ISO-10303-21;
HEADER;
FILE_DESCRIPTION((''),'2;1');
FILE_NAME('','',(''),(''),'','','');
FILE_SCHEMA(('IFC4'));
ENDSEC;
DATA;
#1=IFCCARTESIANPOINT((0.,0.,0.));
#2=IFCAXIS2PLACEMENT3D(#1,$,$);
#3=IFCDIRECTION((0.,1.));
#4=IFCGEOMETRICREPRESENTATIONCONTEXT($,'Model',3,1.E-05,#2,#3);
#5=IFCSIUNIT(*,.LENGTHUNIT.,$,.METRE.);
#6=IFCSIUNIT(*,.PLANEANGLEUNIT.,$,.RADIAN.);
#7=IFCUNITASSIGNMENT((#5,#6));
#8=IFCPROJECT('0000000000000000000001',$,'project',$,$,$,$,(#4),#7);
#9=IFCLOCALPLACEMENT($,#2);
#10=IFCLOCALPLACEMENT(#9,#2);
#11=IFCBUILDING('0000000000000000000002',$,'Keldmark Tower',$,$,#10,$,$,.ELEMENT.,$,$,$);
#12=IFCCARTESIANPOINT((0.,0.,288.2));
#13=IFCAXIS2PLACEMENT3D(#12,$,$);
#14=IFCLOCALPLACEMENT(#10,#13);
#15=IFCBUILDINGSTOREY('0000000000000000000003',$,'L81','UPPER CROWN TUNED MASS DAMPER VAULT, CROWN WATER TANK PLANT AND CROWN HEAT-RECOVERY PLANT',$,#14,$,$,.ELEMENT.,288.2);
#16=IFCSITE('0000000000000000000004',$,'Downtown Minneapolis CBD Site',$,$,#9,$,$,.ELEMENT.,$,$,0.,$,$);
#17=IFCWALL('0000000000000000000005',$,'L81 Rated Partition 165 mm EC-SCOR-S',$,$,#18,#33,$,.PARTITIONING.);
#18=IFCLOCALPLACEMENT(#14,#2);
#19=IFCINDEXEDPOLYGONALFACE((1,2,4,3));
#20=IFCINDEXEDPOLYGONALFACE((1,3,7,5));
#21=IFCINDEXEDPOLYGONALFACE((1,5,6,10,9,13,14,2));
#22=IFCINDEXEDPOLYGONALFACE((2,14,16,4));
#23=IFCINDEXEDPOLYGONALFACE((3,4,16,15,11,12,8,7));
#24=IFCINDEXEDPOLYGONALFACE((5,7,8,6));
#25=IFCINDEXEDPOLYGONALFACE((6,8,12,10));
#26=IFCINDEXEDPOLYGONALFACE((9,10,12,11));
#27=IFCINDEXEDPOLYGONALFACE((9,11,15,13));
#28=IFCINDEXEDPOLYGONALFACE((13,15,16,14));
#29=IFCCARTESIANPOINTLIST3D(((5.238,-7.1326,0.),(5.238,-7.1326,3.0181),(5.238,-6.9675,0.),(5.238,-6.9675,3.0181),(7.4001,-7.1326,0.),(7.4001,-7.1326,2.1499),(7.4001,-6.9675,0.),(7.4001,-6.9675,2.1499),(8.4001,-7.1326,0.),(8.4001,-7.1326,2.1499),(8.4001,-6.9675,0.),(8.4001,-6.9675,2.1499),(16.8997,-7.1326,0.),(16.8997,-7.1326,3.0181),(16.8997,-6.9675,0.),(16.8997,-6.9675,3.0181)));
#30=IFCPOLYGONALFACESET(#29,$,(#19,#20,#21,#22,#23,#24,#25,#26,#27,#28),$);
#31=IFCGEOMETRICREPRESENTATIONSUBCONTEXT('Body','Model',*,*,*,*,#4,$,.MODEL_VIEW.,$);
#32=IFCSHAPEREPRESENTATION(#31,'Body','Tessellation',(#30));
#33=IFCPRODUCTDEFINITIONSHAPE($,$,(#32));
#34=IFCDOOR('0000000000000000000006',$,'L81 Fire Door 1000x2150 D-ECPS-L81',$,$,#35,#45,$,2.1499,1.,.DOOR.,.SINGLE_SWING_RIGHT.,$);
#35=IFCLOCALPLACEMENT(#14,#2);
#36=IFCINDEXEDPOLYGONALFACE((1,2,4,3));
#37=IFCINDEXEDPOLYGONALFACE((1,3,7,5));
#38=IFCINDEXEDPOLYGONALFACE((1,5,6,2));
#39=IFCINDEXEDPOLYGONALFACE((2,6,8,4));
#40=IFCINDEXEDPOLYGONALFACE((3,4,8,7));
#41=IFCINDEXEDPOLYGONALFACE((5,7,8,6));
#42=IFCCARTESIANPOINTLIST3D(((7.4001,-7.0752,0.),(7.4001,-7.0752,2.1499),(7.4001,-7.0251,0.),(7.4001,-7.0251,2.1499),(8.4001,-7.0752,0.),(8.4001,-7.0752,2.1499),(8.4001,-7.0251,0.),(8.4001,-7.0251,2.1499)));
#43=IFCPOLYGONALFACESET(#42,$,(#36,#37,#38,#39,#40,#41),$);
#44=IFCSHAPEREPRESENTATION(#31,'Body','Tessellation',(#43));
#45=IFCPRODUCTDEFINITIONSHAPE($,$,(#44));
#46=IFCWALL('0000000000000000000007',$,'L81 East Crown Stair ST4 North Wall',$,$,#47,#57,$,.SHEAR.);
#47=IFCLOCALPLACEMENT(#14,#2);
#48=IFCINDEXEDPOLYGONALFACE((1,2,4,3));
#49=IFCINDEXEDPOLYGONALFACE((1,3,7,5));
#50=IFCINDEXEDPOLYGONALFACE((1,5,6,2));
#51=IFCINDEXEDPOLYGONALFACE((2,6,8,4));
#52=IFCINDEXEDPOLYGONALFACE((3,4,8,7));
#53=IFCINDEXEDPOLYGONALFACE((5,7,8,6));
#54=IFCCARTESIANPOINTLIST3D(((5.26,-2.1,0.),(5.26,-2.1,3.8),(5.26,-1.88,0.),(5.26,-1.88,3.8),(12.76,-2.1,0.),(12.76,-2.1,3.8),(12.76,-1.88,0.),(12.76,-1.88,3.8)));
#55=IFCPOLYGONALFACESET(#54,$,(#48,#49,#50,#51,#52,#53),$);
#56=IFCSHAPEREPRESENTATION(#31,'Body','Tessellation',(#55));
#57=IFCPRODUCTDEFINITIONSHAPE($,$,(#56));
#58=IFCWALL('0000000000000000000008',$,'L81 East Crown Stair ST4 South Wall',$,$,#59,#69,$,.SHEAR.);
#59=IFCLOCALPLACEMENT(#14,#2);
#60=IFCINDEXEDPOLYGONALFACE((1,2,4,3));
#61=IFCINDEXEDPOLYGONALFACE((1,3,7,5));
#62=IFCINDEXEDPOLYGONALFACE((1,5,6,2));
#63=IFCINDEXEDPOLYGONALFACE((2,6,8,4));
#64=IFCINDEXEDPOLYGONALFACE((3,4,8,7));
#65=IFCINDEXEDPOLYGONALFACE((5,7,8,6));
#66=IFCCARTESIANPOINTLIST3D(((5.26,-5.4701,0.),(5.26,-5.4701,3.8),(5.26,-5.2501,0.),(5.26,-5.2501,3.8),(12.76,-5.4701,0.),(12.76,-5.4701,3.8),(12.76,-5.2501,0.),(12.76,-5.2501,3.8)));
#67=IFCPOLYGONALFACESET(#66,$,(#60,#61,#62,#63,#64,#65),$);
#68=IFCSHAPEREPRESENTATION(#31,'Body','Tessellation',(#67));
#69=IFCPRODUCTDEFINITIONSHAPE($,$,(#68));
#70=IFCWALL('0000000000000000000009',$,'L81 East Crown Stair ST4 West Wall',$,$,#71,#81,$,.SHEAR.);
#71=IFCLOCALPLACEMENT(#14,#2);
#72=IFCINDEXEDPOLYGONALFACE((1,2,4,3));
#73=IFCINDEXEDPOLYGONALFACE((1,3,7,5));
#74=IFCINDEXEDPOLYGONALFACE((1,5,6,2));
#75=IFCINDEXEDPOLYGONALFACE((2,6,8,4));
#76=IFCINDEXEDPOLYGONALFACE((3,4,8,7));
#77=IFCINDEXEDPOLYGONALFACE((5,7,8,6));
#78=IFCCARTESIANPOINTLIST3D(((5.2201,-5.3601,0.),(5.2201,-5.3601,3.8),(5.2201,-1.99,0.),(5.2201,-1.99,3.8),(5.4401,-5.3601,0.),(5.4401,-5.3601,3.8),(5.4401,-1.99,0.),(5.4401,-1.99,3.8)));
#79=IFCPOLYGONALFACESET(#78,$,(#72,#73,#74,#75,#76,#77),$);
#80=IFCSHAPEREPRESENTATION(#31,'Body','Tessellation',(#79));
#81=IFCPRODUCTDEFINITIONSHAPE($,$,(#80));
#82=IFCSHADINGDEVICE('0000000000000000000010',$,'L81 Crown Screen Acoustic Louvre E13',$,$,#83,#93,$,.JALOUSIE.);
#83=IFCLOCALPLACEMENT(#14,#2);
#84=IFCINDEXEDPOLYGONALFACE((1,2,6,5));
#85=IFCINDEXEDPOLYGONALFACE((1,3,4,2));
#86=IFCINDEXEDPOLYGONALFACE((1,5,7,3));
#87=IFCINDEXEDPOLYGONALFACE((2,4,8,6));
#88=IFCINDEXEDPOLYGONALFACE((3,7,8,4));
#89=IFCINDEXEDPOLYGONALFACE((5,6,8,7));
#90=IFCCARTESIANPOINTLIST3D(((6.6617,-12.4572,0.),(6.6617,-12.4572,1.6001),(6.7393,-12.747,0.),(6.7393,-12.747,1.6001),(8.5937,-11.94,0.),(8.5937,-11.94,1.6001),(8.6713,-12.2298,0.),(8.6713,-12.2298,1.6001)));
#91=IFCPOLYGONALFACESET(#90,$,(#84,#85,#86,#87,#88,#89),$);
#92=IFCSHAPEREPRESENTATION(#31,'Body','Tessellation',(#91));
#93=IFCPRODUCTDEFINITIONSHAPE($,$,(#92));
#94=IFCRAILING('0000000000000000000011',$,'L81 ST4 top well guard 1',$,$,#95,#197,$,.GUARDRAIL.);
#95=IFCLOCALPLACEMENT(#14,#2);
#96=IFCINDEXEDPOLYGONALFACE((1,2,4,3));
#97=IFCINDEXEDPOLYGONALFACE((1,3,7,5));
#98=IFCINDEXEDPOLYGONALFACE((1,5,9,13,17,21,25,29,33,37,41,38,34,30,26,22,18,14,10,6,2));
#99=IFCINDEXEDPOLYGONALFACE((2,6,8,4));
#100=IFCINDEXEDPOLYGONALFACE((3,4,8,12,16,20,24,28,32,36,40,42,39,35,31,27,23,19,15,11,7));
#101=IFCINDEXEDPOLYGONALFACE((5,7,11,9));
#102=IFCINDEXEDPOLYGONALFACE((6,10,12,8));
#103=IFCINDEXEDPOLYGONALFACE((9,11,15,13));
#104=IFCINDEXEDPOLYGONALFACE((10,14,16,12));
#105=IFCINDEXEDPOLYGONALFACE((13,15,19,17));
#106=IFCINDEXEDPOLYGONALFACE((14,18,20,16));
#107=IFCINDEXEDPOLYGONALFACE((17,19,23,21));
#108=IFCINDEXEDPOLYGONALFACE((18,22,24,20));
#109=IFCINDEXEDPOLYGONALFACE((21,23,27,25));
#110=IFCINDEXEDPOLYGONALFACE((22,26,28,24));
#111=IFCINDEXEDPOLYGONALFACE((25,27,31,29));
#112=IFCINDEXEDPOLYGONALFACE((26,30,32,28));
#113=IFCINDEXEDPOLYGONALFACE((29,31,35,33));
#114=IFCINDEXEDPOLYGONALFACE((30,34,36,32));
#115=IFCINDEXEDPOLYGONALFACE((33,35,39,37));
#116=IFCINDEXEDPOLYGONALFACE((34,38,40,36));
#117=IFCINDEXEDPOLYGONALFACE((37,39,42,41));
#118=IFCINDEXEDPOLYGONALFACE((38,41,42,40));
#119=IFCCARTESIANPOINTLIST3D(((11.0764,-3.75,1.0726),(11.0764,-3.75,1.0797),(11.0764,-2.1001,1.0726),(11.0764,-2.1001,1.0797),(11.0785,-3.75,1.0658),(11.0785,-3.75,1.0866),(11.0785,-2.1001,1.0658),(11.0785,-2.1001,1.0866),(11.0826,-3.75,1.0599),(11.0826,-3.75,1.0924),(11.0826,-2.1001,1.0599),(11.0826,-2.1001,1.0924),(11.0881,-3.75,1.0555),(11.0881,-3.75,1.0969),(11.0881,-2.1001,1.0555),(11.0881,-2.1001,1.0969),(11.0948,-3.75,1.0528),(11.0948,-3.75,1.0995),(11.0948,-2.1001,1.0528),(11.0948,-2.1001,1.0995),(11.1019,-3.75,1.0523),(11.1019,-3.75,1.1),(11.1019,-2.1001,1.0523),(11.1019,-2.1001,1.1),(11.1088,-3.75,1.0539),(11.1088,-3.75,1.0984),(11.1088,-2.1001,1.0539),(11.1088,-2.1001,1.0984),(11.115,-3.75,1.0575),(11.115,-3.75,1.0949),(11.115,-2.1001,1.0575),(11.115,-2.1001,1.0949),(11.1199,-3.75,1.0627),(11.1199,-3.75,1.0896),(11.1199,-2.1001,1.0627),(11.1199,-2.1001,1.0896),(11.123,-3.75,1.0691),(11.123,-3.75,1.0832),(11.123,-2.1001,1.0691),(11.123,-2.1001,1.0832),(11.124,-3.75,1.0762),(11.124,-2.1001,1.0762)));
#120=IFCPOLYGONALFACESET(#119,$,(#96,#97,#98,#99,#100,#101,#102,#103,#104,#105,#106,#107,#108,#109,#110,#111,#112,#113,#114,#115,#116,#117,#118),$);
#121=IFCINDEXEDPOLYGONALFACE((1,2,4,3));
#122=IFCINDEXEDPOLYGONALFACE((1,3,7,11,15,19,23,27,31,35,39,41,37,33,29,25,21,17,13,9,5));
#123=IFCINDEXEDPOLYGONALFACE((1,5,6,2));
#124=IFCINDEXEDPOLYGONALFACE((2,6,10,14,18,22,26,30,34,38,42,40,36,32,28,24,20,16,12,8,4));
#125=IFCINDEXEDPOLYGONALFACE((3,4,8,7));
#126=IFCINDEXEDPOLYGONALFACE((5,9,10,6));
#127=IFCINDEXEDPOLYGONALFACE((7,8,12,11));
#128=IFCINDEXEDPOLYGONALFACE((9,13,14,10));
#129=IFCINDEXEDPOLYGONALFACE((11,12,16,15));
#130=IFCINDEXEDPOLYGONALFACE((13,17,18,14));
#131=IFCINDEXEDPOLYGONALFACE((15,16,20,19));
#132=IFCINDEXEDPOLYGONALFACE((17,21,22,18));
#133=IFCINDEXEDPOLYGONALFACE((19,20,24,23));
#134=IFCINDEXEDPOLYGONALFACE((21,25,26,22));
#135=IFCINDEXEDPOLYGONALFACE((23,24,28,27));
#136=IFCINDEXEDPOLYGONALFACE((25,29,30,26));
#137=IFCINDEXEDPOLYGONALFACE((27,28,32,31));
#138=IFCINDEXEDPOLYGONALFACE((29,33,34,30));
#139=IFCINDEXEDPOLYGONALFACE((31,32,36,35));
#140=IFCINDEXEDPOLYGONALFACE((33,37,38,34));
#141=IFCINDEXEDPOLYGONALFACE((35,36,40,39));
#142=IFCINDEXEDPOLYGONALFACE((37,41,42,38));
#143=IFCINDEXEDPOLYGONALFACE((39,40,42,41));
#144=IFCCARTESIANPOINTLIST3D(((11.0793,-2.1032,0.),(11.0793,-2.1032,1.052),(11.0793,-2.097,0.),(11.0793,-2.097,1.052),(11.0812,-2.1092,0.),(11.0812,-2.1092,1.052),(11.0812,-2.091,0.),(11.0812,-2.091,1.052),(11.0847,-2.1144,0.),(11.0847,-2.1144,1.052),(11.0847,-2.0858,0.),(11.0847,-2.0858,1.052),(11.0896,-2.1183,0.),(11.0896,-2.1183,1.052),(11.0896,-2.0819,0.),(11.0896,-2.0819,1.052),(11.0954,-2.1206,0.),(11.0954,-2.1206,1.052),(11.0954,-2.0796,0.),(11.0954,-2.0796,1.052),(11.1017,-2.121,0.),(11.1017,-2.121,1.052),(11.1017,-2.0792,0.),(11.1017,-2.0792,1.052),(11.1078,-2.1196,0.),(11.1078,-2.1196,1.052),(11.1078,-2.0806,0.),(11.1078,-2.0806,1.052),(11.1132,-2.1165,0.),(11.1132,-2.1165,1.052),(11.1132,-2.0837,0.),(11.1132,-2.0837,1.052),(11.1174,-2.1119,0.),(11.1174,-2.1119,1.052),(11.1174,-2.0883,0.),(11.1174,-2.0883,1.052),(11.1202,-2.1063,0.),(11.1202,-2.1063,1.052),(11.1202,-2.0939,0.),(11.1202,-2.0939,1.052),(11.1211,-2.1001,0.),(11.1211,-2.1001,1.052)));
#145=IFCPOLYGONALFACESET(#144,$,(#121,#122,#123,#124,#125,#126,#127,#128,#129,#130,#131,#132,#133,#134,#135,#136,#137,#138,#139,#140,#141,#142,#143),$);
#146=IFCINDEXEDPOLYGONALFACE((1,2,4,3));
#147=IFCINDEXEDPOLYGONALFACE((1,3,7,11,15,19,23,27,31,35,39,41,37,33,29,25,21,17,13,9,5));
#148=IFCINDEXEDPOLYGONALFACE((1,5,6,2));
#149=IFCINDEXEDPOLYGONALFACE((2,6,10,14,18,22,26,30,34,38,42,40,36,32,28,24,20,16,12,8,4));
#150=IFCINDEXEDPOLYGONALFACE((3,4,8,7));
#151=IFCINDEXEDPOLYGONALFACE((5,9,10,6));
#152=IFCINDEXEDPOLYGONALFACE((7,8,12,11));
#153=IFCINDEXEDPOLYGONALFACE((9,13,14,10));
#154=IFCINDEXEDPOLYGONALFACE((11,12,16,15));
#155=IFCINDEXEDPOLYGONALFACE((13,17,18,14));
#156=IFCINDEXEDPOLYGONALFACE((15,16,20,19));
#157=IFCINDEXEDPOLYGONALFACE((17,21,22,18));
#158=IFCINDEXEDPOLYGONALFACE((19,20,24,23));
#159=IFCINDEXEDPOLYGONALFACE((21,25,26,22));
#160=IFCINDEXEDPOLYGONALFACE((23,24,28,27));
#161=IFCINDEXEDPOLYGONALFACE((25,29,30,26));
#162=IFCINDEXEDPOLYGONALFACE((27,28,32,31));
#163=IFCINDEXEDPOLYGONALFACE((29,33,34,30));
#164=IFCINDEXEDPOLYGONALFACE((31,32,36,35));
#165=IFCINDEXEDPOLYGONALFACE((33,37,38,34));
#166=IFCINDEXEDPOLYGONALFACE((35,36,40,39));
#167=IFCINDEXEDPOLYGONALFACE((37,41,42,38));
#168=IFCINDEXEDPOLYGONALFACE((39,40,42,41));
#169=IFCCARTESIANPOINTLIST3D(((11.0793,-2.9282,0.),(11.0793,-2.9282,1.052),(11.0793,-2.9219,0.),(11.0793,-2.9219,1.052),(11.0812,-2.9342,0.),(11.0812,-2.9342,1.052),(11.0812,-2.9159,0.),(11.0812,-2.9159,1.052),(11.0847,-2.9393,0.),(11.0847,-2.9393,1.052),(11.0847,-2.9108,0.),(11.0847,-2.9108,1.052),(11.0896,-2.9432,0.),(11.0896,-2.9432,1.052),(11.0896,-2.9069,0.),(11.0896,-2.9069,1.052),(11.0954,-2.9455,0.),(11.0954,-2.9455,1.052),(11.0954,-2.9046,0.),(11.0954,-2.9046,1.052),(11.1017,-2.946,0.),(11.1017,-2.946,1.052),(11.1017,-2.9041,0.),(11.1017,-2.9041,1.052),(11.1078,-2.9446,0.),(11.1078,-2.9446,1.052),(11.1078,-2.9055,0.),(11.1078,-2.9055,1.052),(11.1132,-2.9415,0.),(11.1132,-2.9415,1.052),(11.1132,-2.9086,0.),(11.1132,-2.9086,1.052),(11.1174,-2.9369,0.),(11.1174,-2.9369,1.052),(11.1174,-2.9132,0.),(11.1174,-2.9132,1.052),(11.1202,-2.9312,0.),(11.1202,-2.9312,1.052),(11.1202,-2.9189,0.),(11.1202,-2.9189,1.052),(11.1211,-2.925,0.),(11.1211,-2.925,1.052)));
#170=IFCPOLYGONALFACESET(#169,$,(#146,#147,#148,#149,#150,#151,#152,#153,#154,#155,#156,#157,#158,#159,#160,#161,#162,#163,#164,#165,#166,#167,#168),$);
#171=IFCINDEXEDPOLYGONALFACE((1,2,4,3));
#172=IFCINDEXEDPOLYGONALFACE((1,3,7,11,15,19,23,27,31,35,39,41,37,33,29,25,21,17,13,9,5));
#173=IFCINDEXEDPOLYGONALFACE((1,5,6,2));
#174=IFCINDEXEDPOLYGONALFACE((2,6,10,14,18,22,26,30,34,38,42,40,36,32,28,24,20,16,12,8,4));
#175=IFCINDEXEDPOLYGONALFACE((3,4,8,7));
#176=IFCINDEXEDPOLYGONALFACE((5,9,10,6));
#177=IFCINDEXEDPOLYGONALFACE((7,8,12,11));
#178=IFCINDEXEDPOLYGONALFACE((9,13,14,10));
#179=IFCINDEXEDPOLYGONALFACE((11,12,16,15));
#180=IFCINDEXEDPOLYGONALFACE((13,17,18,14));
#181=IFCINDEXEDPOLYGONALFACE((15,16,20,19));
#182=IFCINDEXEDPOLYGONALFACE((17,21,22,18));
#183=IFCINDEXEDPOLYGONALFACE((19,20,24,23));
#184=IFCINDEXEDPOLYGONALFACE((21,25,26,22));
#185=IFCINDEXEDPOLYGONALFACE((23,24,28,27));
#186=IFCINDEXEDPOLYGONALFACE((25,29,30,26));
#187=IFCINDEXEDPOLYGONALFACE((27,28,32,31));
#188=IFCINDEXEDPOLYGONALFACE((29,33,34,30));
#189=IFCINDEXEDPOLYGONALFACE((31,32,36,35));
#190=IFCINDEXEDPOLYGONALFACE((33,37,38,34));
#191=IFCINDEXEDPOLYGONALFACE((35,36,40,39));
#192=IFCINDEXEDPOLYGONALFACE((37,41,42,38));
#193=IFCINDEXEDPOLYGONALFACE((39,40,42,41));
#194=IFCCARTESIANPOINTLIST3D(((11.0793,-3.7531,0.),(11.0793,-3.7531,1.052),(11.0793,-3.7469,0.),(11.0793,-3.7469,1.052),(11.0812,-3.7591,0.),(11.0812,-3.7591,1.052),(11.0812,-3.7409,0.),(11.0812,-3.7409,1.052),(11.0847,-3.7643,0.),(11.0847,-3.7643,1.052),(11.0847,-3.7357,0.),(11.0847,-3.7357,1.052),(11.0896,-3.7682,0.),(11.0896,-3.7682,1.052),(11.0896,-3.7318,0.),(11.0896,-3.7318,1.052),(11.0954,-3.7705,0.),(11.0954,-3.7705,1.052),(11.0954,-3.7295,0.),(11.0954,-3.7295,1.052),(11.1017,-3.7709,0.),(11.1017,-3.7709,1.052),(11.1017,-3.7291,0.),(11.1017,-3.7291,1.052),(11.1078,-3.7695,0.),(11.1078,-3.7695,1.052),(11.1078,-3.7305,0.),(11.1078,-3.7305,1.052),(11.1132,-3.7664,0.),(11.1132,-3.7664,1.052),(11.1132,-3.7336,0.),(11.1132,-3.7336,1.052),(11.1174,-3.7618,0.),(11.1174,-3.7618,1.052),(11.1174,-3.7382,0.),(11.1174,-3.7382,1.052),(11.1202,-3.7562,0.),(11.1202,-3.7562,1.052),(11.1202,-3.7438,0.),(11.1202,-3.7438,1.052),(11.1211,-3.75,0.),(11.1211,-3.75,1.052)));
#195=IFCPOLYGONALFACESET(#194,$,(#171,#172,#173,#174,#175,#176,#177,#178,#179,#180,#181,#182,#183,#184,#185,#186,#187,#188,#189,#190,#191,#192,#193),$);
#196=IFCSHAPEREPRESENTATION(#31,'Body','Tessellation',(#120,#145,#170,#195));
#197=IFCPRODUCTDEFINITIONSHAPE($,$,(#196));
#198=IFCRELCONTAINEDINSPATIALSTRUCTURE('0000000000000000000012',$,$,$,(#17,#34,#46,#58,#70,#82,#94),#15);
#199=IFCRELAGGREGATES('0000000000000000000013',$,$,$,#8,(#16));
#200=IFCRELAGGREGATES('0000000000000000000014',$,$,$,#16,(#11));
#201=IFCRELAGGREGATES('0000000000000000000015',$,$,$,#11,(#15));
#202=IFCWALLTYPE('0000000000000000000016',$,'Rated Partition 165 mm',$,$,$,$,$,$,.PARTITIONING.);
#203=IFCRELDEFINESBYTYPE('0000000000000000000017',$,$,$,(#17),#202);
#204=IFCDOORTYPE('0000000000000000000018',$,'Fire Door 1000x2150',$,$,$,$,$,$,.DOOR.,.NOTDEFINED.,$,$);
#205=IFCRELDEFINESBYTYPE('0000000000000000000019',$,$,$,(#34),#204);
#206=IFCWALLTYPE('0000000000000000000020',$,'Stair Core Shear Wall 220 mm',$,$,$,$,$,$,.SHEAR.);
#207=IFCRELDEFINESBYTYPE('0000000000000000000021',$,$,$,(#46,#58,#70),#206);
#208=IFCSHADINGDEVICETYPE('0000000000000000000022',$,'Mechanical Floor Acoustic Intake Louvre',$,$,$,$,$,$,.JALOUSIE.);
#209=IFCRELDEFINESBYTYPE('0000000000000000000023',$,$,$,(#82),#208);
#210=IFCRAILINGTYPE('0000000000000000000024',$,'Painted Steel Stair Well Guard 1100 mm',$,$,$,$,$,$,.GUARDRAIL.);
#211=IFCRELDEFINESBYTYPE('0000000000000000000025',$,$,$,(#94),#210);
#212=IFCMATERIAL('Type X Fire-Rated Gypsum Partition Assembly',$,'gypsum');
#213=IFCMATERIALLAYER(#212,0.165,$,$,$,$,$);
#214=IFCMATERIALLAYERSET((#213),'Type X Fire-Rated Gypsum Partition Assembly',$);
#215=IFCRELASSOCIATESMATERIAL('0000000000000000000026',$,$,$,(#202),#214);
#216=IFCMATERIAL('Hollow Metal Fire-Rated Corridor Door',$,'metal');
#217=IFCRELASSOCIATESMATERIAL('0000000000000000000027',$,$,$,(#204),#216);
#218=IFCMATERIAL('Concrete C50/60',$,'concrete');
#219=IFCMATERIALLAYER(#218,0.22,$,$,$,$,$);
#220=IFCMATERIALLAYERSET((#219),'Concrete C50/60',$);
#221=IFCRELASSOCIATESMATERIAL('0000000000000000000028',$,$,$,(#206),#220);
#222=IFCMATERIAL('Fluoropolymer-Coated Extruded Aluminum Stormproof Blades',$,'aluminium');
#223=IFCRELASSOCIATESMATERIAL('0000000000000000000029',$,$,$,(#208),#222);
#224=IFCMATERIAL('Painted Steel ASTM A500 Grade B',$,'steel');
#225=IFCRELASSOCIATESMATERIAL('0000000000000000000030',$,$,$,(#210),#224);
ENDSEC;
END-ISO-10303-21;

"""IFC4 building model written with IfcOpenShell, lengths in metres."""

from ifc_helpers import new_model, si_unit, direction, frame, frame_2d, origin, origin_2d, place, context, subcontext, project, spatial, rectangle, circle, extrude, material, layer, layer_set, type_object, element, fill, save


model = new_model("IFC4")

# Units and contexts
model_context = context("Model", 3, precision=1e-05, world=origin(), true_north=direction((0.0, 1.0)))
body_context = subcontext(model_context, "Body", "Model", "MODEL_VIEW")
ifc_project = project(units=[si_unit("LENGTHUNIT", "METRE"), si_unit("PLANEANGLEUNIT", "RADIAN")], contexts=[model_context])

# Site, building, storey
site_placement = place(None, origin())
site = spatial("IfcSite", under=ifc_project, at=site_placement, Name="Downtown Minneapolis CBD Site", CompositionType="ELEMENT", RefElevation=0.0)
building_placement = place(site_placement, origin())
building = spatial("IfcBuilding", under=site, at=building_placement, Name="Keldmark Tower", CompositionType="ELEMENT")
storey_placement = place(building_placement, frame((0.0, 0.0, 288.2)))
storey = spatial("IfcBuildingStorey", under=building, at=storey_placement, Name="L81", Description="UPPER CROWN TUNED MASS DAMPER VAULT, CROWN WATER TANK PLANT AND CROWN HEAT-RECOVERY PLANT", CompositionType="ELEMENT", Elevation=288.2)

# Shared definitions
ifc_material_1 = material(Name="Type X Fire-Rated Gypsum Partition Assembly", Category="gypsum")
ifc_layer_1 = layer(ifc_material_1, 0.165)
ifc_layer_set_1 = layer_set([ifc_layer_1], Name="Type X Fire-Rated Gypsum Partition Assembly")
wall_type_1 = type_object("IfcWallType", Name="Rated Partition 165 mm", PredefinedType="PARTITIONING", material=ifc_layer_set_1)

# Wall, opening, door
wall_1_placement = place(storey_placement, frame((5.238, -7.05, 0.0), z_axis=(0.0, 0.0, 1.0), x_axis=(1.0, 0.0, 0.0)))
wall_1 = element("IfcWall", 1, at=wall_1_placement, inside=storey, type_object=wall_type_1, Name="L81 Rated Partition 165 mm EC-SCOR-S", PredefinedType="PARTITIONING", context=body_context, shape_type="SweptSolid", body=[
    extrude(rectangle(XDim=11.6616, YDim=0.165, at=frame_2d((5.8308, 0.0))), origin(), (0.0, 0.0, 1.0), 3.0181),
])
opening_1_placement = place(wall_1_placement, frame((2.1621, 0.0, 0.0)))
opening_1 = element("IfcOpeningElement", 2, at=opening_1_placement, cuts=wall_1, PredefinedType="OPENING", context=body_context, shape_type="SweptSolid", body=[
    extrude(rectangle(XDim=1.0, YDim=2.1499, at=frame_2d((0.5, 1.075))), frame((0.0, 0.0925, 0.0), z_axis=(0.0, -1.0, 0.0), x_axis=(1.0, 0.0, 0.0)), (0.0, 0.0, 1.0), 0.1851),
])
ifc_material_2 = material(Name="Hollow Metal Fire-Rated Corridor Door", Category="metal")
door_type_1 = type_object("IfcDoorType", Name="Fire Door 1000x2150", OperationType="NOTDEFINED", PredefinedType="DOOR", material=ifc_material_2)
door_1_placement = place(opening_1_placement, origin())
door_1 = element("IfcDoor", 3, at=door_1_placement, inside=storey, type_object=door_type_1, Name="L81 Fire Door 1000x2150 D-ECPS-L81", OperationType="SINGLE_SWING_RIGHT", OverallHeight=2.1499, OverallWidth=1.0, PredefinedType="DOOR", context=body_context, shape_type="SweptSolid", body=[
    extrude(rectangle(XDim=1.0, YDim=2.1499, at=frame_2d((0.5, 1.075))), frame((0.0, 0.0249, 0.0), z_axis=(0.0, -1.0, 0.0), x_axis=(1.0, 0.0, 0.0)), (0.0, 0.0, 1.0), 0.05),
])
fill(opening_1, door_1)

# Walls
ifc_material_3 = material(Name="Concrete C50/60", Category="concrete")
ifc_layer_2 = layer(ifc_material_3, 0.22)
ifc_layer_set_2 = layer_set([ifc_layer_2], Name="Concrete C50/60")
wall_type_2 = type_object("IfcWallType", Name="Stair Core Shear Wall 220 mm", PredefinedType="SHEAR", material=ifc_layer_set_2)
for number, where, z_axis, x_axis, name in (
    (4, (5.26, -1.99, 0.0), (0.0, 0.0, 1.0), (1.0, 0.0, 0.0), "L81 East Crown Stair ST4 North Wall"),
    (5, (5.26, -5.3601, 0.0), (0.0, 0.0, 1.0), (1.0, 0.0, 0.0), "L81 East Crown Stair ST4 South Wall"),
):
    element("IfcWall", number, at=place(storey_placement, frame(where, z_axis=z_axis, x_axis=x_axis)), inside=storey, type_object=wall_type_2, Name=name, PredefinedType="SHEAR", context=body_context, shape_type="SweptSolid", body=[
        extrude(rectangle(XDim=7.5, YDim=0.22, at=frame_2d((3.75, 0.0))), origin(), (0.0, 0.0, 1.0), 3.8),
    ])
wall_2_placement = place(storey_placement, frame((5.3301, -5.3601, 0.0), z_axis=(0.0, 0.0, 1.0), x_axis=(0.0, 1.0, 0.0)))
element("IfcWall", 6, at=wall_2_placement, inside=storey, type_object=wall_type_2, Name="L81 East Crown Stair ST4 West Wall", PredefinedType="SHEAR", context=body_context, shape_type="SweptSolid", body=[
    extrude(rectangle(XDim=3.3701, YDim=0.22, at=frame_2d((1.6851, 0.0))), origin(), (0.0, 0.0, 1.0), 3.8),
])

# Shading device
ifc_material_4 = material(Name="Fluoropolymer-Coated Extruded Aluminum Stormproof Blades", Category="aluminium")
shading_device_type = type_object("IfcShadingDeviceType", Name="Mechanical Floor Acoustic Intake Louvre", PredefinedType="JALOUSIE", material=ifc_material_4)
shading_device_placement = place(storey_placement, frame((7.6665, -12.3435, 0.0), z_axis=(0.0, 0.0, 1.0), x_axis=(0.96598, 0.258617, 0.0)))
element("IfcShadingDevice", 7, at=shading_device_placement, inside=storey, type_object=shading_device_type, Name="L81 Crown Screen Acoustic Louvre E13", PredefinedType="JALOUSIE", context=body_context, shape_type="SweptSolid", body=[
    extrude(rectangle(XDim=2.0, YDim=0.3, at=origin_2d()), origin(), (0.0, 0.0, 1.0), 1.6001),
])

# Railing
ifc_material_5 = material(Name="Painted Steel ASTM A500 Grade B", Category="steel")
railing_type = type_object("IfcRailingType", Name="Painted Steel Stair Well Guard 1100 mm", PredefinedType="GUARDRAIL", material=ifc_material_5)
railing_placement = place(storey_placement, frame((11.1001, -2.1001, 0.0)))
element("IfcRailing", 8, at=railing_placement, inside=storey, type_object=railing_type, Name="L81 ST4 top well guard 1", PredefinedType="GUARDRAIL", context=body_context, shape_type="SweptSolid", body=[
    extrude(circle(Radius=0.0239, at=origin_2d()), frame((0.0, 0.0, 1.0762), z_axis=(0.0, -1.0, 0.0), x_axis=(1.0, 0.0, 0.0)), (0.0, 0.0, 1.0), 1.6499),
    extrude(circle(Radius=0.021, at=origin_2d()), origin(), (0.0, 0.0, 1.0), 1.052),
    extrude(circle(Radius=0.021, at=origin_2d()), frame((0.0, -0.825, 0.0)), (0.0, 0.0, 1.0), 1.052),
    extrude(circle(Radius=0.021, at=origin_2d()), frame((0.0, -1.6499, 0.0)), (0.0, 0.0, 1.0), 1.052),
])

save(model, "model.ifc")
